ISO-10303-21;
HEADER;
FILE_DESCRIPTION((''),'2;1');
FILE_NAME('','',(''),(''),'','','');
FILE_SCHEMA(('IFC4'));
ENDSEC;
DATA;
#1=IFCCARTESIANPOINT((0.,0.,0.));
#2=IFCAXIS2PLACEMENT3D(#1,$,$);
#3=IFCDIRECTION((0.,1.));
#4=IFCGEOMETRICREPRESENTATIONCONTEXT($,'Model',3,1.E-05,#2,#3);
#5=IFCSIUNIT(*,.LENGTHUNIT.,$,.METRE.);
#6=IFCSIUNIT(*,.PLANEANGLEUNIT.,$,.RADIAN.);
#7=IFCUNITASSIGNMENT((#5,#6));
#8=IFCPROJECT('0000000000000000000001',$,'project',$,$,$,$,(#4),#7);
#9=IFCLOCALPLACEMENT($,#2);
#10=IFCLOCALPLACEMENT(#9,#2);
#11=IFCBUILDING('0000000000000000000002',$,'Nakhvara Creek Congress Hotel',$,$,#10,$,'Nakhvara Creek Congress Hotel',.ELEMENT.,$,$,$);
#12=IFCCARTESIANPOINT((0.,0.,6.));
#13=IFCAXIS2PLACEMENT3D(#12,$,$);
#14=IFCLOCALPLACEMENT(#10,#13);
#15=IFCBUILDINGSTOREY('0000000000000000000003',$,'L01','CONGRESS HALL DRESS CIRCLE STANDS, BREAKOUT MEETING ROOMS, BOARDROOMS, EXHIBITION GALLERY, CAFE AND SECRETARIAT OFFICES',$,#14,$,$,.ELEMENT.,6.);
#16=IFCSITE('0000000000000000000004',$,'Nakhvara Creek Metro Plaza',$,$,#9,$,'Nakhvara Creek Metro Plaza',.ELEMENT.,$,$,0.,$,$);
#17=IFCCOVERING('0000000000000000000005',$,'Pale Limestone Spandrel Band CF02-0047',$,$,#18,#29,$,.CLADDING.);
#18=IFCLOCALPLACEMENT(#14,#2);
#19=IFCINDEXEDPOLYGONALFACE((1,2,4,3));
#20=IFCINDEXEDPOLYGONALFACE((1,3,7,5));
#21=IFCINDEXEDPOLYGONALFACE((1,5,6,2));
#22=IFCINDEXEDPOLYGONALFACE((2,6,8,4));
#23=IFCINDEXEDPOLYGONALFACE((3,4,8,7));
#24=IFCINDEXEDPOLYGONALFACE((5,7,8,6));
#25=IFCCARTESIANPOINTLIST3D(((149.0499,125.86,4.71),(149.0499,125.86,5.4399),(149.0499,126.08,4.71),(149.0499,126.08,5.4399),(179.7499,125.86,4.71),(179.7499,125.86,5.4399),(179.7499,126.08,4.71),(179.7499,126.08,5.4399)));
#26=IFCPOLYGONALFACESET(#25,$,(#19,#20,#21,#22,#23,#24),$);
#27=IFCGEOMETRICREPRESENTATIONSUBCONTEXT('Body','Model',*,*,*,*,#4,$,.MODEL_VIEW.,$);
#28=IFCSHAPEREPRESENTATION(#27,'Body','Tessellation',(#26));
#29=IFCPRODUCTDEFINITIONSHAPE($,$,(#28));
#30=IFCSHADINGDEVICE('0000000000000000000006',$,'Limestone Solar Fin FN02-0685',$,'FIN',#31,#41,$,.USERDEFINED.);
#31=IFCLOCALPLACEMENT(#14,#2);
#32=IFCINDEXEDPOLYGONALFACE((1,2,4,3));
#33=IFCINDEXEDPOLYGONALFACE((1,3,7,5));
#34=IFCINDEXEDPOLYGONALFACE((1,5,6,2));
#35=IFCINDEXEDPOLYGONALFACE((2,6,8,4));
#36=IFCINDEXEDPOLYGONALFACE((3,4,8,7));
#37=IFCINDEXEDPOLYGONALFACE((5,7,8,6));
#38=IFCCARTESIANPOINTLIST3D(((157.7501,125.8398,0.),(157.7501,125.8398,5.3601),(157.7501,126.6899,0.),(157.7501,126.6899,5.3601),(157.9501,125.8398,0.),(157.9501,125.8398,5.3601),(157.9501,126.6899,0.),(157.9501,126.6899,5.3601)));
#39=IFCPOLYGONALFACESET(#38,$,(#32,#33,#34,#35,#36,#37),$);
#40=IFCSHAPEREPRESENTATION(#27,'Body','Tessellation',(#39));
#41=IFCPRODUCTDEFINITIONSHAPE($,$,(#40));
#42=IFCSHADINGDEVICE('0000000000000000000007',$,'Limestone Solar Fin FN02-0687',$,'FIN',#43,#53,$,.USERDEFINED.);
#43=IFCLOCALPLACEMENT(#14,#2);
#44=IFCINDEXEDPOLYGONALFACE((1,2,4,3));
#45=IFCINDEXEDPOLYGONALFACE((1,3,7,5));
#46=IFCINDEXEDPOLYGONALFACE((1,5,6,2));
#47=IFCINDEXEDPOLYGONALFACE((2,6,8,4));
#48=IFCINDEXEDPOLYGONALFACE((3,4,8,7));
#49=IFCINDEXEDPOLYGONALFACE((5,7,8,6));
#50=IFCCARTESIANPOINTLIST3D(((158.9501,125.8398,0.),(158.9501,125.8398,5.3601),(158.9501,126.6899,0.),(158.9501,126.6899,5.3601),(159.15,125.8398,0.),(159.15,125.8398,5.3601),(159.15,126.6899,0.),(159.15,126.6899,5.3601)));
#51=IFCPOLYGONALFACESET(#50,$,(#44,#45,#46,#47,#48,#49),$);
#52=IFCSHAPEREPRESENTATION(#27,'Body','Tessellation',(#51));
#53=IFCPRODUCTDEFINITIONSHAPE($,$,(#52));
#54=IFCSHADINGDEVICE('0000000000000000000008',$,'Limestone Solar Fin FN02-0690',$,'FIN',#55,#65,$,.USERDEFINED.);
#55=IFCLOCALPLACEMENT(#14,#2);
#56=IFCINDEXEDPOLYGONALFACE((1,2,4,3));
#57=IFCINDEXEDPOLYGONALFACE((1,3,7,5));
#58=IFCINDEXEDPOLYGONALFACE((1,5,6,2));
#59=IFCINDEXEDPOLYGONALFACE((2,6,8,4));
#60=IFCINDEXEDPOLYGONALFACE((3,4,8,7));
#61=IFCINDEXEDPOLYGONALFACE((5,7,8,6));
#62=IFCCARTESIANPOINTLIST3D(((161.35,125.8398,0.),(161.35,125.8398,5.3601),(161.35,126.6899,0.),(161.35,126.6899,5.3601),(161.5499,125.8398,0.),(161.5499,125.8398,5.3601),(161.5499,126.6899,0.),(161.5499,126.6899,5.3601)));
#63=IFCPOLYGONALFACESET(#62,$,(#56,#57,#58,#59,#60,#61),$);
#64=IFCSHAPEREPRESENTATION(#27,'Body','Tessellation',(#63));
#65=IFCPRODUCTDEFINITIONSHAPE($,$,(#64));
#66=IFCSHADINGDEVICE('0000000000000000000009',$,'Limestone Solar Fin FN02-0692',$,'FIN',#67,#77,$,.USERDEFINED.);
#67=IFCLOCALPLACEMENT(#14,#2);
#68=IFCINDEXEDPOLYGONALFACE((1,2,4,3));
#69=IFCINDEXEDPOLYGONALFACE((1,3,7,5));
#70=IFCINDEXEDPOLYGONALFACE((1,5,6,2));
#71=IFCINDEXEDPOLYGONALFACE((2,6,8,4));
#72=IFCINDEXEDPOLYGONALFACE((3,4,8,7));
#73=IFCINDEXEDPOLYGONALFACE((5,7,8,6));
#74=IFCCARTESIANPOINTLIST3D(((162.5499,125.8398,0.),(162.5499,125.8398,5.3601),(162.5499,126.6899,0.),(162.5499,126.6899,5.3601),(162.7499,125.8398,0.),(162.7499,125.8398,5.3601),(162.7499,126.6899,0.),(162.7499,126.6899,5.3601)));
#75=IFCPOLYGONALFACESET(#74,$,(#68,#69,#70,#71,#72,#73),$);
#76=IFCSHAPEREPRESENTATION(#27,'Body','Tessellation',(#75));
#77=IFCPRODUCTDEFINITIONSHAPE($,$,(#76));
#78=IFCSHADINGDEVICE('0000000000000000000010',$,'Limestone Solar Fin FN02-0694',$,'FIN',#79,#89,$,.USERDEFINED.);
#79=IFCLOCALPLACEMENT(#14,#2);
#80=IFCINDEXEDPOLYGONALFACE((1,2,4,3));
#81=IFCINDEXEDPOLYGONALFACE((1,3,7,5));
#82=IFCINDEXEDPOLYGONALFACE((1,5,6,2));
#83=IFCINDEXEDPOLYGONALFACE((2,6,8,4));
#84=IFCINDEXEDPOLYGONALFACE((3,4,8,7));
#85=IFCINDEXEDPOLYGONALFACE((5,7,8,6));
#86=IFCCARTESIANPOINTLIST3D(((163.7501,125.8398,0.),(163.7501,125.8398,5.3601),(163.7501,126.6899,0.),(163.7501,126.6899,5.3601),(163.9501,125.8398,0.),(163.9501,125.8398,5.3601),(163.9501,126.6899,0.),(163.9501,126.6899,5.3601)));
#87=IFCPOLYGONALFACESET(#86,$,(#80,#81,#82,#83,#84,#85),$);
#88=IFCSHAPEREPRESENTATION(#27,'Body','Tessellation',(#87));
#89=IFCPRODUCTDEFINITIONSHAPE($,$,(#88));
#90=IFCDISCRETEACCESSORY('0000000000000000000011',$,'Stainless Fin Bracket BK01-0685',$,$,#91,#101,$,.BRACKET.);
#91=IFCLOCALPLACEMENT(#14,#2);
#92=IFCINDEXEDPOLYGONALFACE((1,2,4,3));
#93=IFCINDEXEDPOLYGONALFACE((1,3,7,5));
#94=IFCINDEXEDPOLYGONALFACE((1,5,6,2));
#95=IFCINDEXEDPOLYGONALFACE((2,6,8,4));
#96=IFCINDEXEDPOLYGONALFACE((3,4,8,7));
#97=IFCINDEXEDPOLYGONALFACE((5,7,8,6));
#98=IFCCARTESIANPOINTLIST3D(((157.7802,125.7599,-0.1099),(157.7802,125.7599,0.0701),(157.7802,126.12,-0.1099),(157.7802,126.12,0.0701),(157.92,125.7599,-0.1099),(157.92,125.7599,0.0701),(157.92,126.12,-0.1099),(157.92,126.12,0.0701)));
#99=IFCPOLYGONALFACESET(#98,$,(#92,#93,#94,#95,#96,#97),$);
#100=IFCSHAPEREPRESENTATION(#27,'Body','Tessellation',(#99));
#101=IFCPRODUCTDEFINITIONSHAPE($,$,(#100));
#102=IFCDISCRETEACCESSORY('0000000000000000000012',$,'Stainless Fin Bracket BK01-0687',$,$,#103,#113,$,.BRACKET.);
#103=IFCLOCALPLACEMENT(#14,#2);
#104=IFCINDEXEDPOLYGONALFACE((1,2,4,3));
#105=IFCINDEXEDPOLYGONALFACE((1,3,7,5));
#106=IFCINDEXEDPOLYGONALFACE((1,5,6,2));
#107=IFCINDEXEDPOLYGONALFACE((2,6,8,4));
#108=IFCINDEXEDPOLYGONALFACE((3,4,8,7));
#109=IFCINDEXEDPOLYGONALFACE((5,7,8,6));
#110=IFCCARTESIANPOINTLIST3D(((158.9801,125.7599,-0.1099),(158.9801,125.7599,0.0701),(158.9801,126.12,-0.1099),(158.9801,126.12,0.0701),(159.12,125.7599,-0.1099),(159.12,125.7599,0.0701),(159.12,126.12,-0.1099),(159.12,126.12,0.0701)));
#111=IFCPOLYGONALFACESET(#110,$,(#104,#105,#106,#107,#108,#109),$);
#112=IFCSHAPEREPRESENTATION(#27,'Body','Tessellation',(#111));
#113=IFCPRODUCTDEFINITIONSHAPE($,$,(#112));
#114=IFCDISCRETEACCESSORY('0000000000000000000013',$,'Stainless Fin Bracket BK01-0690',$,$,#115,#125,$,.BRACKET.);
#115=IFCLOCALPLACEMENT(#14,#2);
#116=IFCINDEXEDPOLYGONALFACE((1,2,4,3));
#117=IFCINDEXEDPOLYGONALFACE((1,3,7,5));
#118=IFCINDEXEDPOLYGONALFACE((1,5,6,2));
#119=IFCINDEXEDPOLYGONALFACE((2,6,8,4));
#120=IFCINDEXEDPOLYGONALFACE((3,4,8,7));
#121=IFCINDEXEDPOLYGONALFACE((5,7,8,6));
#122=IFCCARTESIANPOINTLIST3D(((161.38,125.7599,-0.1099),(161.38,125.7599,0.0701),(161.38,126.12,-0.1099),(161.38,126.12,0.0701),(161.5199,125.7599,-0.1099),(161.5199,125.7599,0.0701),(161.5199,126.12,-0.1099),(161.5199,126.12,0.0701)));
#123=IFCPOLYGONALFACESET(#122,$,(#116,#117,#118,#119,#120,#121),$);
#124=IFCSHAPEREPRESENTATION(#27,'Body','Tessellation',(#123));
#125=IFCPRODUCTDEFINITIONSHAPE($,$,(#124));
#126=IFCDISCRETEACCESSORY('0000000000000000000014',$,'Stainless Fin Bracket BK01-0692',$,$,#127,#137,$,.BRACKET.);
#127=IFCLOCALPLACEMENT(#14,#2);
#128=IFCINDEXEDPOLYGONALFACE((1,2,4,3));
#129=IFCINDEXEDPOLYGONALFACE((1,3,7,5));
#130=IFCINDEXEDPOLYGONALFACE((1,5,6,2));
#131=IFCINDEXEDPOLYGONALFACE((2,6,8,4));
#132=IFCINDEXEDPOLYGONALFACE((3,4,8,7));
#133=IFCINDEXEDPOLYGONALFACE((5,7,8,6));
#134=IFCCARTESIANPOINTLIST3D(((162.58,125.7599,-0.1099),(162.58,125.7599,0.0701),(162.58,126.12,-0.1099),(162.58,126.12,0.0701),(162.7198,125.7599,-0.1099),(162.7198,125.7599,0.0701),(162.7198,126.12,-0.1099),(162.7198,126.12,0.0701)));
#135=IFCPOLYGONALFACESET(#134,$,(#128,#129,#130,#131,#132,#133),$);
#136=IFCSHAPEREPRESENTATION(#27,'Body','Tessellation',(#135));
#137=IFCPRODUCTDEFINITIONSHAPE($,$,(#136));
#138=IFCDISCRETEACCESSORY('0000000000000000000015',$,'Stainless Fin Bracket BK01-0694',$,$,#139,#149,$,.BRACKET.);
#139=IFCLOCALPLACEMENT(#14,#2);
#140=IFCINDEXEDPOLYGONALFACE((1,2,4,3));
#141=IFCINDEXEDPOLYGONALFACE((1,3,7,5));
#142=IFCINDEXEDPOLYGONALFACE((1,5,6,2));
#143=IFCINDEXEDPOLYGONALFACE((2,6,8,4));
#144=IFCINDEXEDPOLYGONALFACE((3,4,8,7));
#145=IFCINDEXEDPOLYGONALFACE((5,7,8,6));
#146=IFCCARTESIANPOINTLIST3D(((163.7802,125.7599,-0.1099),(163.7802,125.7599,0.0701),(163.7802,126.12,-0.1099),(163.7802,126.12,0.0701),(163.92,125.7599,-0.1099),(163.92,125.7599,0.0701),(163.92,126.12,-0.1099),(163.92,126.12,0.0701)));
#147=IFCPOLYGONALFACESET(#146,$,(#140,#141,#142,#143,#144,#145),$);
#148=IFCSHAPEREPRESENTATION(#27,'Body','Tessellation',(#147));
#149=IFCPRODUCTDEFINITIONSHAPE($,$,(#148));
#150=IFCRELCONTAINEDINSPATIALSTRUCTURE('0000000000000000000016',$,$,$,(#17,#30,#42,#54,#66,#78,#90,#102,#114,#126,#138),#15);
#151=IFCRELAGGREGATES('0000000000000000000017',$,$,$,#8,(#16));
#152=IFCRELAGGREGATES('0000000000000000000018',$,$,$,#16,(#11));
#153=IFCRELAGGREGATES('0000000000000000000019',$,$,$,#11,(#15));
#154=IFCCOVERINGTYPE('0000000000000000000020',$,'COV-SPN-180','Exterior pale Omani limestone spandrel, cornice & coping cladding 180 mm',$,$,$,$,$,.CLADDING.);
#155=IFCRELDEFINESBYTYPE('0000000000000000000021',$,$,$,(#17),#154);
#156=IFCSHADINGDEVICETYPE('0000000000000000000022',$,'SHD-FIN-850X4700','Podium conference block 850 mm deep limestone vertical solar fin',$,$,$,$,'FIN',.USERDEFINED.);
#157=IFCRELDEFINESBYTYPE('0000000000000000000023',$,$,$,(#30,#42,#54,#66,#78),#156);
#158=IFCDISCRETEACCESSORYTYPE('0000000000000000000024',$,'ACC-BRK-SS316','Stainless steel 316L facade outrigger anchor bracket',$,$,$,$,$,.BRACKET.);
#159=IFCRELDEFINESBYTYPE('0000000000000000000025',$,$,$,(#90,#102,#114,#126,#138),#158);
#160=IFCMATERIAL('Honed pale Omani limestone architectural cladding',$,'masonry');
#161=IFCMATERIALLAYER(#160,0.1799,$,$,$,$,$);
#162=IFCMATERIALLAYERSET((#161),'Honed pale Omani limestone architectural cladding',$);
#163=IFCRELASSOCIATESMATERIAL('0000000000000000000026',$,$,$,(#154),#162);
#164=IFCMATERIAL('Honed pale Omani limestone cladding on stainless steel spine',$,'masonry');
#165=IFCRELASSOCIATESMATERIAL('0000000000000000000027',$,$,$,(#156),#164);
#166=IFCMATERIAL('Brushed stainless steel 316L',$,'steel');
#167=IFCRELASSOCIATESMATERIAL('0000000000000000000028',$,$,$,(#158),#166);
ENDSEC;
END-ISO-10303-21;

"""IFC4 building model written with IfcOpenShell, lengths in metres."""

from ifc_helpers import new_model, si_unit, direction, frame, origin, origin_2d, place, context, subcontext, project, spatial, rectangle, extrude, material, layer, layer_set, type_object, element, save


model = new_model("IFC4")

# Units and contexts
model_context = context("Model", 3, precision=1e-05, world=origin(), true_north=direction((0.0, 1.0)))
body_context = subcontext(model_context, "Body", "Model", "MODEL_VIEW")
ifc_project = project(units=[si_unit("LENGTHUNIT", "METRE"), si_unit("PLANEANGLEUNIT", "RADIAN")], contexts=[model_context])

# Site, building, storey
site_placement = place(None, origin())
site = spatial("IfcSite", under=ifc_project, at=site_placement, Name="Nakhvara Creek Metro Plaza", LongName="Nakhvara Creek Metro Plaza", CompositionType="ELEMENT", RefElevation=0.0)
building_placement = place(site_placement, origin())
building = spatial("IfcBuilding", under=site, at=building_placement, Name="Nakhvara Creek Congress Hotel", LongName="Nakhvara Creek Congress Hotel", CompositionType="ELEMENT")
storey_placement = place(building_placement, frame((0.0, 0.0, 6.0)))
storey = spatial("IfcBuildingStorey", under=building, at=storey_placement, Name="L01", Description="CONGRESS HALL DRESS CIRCLE STANDS, BREAKOUT MEETING ROOMS, BOARDROOMS, EXHIBITION GALLERY, CAFE AND SECRETARIAT OFFICES", CompositionType="ELEMENT", Elevation=6.0)

# Covering
ifc_material_1 = material(Name="Honed pale Omani limestone architectural cladding", Category="masonry")
ifc_layer_1 = layer(ifc_material_1, 0.1799)
ifc_layer_set_1 = layer_set([ifc_layer_1], Name="Honed pale Omani limestone architectural cladding")
covering_type_1 = type_object("IfcCoveringType", Name="COV-SPN-180", Description="Exterior pale Omani limestone spandrel, cornice & coping cladding 180 mm", PredefinedType="CLADDING", material=ifc_layer_set_1)
covering_placement = place(storey_placement, frame((164.3999, 125.97, 4.71), z_axis=(0.0, 0.0, 1.0), x_axis=(1.0, 0.0, 0.0)))
element("IfcCovering", 1, at=covering_placement, inside=storey, type_object=covering_type_1, Name="Pale Limestone Spandrel Band CF02-0047", PredefinedType="CLADDING", context=body_context, shape_type="SweptSolid", body=[
    extrude(rectangle(XDim=30.7, YDim=0.22, at=origin_2d()), origin(), (0.0, 0.0, 1.0), 0.73),
])

# Shading devices
ifc_material_2 = material(Name="Honed pale Omani limestone cladding on stainless steel spine", Category="masonry")
shading_device_type = type_object("IfcShadingDeviceType", Name="SHD-FIN-850X4700", Description="Podium conference block 850 mm deep limestone vertical solar fin", ElementType="FIN", PredefinedType="USERDEFINED", material=ifc_material_2)
for number, where, z_axis, x_axis, name in (
    (2, (157.8501, 126.2649, 0.0), (0.0, 0.0, 1.0), (1.0, 0.0, 0.0), "Limestone Solar Fin FN02-0685"),
    (3, (159.05, 126.2649, 0.0), (0.0, 0.0, 1.0), (1.0, 0.0, 0.0), "Limestone Solar Fin FN02-0687"),
    (4, (161.45, 126.2649, 0.0), (0.0, 0.0, 1.0), (1.0, 0.0, 0.0), "Limestone Solar Fin FN02-0690"),
    (5, (162.6499, 126.2649, 0.0), (0.0, 0.0, 1.0), (1.0, 0.0, 0.0), "Limestone Solar Fin FN02-0692"),
    (6, (163.8501, 126.2649, 0.0), (0.0, 0.0, 1.0), (1.0, 0.0, 0.0), "Limestone Solar Fin FN02-0694"),
):
    element("IfcShadingDevice", number, at=place(storey_placement, frame(where, z_axis=z_axis, x_axis=x_axis)), inside=storey, type_object=shading_device_type, Name=name, ObjectType="FIN", PredefinedType="USERDEFINED", context=body_context, shape_type="SweptSolid", body=[
        extrude(rectangle(XDim=0.2, YDim=0.8501, at=origin_2d()), origin(), (0.0, 0.0, 1.0), 5.3601),
    ])

# Discrete accessories
ifc_material_3 = material(Name="Brushed stainless steel 316L", Category="steel")
discrete_accessory_type = type_object("IfcDiscreteAccessoryType", Name="ACC-BRK-SS316", Description="Stainless steel 316L facade outrigger anchor bracket", PredefinedType="BRACKET", material=ifc_material_3)
for number, where, z_axis, x_axis, name in (
    (7, (157.8501, 125.9399, -0.1099), (0.0, 0.0, 1.0), (1.0, 0.0, 0.0), "Stainless Fin Bracket BK01-0685"),
    (8, (159.05, 125.9399, -0.1099), (0.0, 0.0, 1.0), (1.0, 0.0, 0.0), "Stainless Fin Bracket BK01-0687"),
    (9, (161.45, 125.9399, -0.1099), (0.0, 0.0, 1.0), (1.0, 0.0, 0.0), "Stainless Fin Bracket BK01-0690"),
    (10, (162.6499, 125.9399, -0.1099), (0.0, 0.0, 1.0), (1.0, 0.0, 0.0), "Stainless Fin Bracket BK01-0692"),
    (11, (163.8501, 125.9399, -0.1099), (0.0, 0.0, 1.0), (1.0, 0.0, 0.0), "Stainless Fin Bracket BK01-0694"),
):
    element("IfcDiscreteAccessory", number, at=place(storey_placement, frame(where, z_axis=z_axis, x_axis=x_axis)), inside=storey, type_object=discrete_accessory_type, Name=name, PredefinedType="BRACKET", context=body_context, shape_type="SweptSolid", body=[
        extrude(rectangle(XDim=0.1399, YDim=0.3601, at=origin_2d()), origin(), (0.0, 0.0, 1.0), 0.1799),
    ])

save(model, "model.ifc")
